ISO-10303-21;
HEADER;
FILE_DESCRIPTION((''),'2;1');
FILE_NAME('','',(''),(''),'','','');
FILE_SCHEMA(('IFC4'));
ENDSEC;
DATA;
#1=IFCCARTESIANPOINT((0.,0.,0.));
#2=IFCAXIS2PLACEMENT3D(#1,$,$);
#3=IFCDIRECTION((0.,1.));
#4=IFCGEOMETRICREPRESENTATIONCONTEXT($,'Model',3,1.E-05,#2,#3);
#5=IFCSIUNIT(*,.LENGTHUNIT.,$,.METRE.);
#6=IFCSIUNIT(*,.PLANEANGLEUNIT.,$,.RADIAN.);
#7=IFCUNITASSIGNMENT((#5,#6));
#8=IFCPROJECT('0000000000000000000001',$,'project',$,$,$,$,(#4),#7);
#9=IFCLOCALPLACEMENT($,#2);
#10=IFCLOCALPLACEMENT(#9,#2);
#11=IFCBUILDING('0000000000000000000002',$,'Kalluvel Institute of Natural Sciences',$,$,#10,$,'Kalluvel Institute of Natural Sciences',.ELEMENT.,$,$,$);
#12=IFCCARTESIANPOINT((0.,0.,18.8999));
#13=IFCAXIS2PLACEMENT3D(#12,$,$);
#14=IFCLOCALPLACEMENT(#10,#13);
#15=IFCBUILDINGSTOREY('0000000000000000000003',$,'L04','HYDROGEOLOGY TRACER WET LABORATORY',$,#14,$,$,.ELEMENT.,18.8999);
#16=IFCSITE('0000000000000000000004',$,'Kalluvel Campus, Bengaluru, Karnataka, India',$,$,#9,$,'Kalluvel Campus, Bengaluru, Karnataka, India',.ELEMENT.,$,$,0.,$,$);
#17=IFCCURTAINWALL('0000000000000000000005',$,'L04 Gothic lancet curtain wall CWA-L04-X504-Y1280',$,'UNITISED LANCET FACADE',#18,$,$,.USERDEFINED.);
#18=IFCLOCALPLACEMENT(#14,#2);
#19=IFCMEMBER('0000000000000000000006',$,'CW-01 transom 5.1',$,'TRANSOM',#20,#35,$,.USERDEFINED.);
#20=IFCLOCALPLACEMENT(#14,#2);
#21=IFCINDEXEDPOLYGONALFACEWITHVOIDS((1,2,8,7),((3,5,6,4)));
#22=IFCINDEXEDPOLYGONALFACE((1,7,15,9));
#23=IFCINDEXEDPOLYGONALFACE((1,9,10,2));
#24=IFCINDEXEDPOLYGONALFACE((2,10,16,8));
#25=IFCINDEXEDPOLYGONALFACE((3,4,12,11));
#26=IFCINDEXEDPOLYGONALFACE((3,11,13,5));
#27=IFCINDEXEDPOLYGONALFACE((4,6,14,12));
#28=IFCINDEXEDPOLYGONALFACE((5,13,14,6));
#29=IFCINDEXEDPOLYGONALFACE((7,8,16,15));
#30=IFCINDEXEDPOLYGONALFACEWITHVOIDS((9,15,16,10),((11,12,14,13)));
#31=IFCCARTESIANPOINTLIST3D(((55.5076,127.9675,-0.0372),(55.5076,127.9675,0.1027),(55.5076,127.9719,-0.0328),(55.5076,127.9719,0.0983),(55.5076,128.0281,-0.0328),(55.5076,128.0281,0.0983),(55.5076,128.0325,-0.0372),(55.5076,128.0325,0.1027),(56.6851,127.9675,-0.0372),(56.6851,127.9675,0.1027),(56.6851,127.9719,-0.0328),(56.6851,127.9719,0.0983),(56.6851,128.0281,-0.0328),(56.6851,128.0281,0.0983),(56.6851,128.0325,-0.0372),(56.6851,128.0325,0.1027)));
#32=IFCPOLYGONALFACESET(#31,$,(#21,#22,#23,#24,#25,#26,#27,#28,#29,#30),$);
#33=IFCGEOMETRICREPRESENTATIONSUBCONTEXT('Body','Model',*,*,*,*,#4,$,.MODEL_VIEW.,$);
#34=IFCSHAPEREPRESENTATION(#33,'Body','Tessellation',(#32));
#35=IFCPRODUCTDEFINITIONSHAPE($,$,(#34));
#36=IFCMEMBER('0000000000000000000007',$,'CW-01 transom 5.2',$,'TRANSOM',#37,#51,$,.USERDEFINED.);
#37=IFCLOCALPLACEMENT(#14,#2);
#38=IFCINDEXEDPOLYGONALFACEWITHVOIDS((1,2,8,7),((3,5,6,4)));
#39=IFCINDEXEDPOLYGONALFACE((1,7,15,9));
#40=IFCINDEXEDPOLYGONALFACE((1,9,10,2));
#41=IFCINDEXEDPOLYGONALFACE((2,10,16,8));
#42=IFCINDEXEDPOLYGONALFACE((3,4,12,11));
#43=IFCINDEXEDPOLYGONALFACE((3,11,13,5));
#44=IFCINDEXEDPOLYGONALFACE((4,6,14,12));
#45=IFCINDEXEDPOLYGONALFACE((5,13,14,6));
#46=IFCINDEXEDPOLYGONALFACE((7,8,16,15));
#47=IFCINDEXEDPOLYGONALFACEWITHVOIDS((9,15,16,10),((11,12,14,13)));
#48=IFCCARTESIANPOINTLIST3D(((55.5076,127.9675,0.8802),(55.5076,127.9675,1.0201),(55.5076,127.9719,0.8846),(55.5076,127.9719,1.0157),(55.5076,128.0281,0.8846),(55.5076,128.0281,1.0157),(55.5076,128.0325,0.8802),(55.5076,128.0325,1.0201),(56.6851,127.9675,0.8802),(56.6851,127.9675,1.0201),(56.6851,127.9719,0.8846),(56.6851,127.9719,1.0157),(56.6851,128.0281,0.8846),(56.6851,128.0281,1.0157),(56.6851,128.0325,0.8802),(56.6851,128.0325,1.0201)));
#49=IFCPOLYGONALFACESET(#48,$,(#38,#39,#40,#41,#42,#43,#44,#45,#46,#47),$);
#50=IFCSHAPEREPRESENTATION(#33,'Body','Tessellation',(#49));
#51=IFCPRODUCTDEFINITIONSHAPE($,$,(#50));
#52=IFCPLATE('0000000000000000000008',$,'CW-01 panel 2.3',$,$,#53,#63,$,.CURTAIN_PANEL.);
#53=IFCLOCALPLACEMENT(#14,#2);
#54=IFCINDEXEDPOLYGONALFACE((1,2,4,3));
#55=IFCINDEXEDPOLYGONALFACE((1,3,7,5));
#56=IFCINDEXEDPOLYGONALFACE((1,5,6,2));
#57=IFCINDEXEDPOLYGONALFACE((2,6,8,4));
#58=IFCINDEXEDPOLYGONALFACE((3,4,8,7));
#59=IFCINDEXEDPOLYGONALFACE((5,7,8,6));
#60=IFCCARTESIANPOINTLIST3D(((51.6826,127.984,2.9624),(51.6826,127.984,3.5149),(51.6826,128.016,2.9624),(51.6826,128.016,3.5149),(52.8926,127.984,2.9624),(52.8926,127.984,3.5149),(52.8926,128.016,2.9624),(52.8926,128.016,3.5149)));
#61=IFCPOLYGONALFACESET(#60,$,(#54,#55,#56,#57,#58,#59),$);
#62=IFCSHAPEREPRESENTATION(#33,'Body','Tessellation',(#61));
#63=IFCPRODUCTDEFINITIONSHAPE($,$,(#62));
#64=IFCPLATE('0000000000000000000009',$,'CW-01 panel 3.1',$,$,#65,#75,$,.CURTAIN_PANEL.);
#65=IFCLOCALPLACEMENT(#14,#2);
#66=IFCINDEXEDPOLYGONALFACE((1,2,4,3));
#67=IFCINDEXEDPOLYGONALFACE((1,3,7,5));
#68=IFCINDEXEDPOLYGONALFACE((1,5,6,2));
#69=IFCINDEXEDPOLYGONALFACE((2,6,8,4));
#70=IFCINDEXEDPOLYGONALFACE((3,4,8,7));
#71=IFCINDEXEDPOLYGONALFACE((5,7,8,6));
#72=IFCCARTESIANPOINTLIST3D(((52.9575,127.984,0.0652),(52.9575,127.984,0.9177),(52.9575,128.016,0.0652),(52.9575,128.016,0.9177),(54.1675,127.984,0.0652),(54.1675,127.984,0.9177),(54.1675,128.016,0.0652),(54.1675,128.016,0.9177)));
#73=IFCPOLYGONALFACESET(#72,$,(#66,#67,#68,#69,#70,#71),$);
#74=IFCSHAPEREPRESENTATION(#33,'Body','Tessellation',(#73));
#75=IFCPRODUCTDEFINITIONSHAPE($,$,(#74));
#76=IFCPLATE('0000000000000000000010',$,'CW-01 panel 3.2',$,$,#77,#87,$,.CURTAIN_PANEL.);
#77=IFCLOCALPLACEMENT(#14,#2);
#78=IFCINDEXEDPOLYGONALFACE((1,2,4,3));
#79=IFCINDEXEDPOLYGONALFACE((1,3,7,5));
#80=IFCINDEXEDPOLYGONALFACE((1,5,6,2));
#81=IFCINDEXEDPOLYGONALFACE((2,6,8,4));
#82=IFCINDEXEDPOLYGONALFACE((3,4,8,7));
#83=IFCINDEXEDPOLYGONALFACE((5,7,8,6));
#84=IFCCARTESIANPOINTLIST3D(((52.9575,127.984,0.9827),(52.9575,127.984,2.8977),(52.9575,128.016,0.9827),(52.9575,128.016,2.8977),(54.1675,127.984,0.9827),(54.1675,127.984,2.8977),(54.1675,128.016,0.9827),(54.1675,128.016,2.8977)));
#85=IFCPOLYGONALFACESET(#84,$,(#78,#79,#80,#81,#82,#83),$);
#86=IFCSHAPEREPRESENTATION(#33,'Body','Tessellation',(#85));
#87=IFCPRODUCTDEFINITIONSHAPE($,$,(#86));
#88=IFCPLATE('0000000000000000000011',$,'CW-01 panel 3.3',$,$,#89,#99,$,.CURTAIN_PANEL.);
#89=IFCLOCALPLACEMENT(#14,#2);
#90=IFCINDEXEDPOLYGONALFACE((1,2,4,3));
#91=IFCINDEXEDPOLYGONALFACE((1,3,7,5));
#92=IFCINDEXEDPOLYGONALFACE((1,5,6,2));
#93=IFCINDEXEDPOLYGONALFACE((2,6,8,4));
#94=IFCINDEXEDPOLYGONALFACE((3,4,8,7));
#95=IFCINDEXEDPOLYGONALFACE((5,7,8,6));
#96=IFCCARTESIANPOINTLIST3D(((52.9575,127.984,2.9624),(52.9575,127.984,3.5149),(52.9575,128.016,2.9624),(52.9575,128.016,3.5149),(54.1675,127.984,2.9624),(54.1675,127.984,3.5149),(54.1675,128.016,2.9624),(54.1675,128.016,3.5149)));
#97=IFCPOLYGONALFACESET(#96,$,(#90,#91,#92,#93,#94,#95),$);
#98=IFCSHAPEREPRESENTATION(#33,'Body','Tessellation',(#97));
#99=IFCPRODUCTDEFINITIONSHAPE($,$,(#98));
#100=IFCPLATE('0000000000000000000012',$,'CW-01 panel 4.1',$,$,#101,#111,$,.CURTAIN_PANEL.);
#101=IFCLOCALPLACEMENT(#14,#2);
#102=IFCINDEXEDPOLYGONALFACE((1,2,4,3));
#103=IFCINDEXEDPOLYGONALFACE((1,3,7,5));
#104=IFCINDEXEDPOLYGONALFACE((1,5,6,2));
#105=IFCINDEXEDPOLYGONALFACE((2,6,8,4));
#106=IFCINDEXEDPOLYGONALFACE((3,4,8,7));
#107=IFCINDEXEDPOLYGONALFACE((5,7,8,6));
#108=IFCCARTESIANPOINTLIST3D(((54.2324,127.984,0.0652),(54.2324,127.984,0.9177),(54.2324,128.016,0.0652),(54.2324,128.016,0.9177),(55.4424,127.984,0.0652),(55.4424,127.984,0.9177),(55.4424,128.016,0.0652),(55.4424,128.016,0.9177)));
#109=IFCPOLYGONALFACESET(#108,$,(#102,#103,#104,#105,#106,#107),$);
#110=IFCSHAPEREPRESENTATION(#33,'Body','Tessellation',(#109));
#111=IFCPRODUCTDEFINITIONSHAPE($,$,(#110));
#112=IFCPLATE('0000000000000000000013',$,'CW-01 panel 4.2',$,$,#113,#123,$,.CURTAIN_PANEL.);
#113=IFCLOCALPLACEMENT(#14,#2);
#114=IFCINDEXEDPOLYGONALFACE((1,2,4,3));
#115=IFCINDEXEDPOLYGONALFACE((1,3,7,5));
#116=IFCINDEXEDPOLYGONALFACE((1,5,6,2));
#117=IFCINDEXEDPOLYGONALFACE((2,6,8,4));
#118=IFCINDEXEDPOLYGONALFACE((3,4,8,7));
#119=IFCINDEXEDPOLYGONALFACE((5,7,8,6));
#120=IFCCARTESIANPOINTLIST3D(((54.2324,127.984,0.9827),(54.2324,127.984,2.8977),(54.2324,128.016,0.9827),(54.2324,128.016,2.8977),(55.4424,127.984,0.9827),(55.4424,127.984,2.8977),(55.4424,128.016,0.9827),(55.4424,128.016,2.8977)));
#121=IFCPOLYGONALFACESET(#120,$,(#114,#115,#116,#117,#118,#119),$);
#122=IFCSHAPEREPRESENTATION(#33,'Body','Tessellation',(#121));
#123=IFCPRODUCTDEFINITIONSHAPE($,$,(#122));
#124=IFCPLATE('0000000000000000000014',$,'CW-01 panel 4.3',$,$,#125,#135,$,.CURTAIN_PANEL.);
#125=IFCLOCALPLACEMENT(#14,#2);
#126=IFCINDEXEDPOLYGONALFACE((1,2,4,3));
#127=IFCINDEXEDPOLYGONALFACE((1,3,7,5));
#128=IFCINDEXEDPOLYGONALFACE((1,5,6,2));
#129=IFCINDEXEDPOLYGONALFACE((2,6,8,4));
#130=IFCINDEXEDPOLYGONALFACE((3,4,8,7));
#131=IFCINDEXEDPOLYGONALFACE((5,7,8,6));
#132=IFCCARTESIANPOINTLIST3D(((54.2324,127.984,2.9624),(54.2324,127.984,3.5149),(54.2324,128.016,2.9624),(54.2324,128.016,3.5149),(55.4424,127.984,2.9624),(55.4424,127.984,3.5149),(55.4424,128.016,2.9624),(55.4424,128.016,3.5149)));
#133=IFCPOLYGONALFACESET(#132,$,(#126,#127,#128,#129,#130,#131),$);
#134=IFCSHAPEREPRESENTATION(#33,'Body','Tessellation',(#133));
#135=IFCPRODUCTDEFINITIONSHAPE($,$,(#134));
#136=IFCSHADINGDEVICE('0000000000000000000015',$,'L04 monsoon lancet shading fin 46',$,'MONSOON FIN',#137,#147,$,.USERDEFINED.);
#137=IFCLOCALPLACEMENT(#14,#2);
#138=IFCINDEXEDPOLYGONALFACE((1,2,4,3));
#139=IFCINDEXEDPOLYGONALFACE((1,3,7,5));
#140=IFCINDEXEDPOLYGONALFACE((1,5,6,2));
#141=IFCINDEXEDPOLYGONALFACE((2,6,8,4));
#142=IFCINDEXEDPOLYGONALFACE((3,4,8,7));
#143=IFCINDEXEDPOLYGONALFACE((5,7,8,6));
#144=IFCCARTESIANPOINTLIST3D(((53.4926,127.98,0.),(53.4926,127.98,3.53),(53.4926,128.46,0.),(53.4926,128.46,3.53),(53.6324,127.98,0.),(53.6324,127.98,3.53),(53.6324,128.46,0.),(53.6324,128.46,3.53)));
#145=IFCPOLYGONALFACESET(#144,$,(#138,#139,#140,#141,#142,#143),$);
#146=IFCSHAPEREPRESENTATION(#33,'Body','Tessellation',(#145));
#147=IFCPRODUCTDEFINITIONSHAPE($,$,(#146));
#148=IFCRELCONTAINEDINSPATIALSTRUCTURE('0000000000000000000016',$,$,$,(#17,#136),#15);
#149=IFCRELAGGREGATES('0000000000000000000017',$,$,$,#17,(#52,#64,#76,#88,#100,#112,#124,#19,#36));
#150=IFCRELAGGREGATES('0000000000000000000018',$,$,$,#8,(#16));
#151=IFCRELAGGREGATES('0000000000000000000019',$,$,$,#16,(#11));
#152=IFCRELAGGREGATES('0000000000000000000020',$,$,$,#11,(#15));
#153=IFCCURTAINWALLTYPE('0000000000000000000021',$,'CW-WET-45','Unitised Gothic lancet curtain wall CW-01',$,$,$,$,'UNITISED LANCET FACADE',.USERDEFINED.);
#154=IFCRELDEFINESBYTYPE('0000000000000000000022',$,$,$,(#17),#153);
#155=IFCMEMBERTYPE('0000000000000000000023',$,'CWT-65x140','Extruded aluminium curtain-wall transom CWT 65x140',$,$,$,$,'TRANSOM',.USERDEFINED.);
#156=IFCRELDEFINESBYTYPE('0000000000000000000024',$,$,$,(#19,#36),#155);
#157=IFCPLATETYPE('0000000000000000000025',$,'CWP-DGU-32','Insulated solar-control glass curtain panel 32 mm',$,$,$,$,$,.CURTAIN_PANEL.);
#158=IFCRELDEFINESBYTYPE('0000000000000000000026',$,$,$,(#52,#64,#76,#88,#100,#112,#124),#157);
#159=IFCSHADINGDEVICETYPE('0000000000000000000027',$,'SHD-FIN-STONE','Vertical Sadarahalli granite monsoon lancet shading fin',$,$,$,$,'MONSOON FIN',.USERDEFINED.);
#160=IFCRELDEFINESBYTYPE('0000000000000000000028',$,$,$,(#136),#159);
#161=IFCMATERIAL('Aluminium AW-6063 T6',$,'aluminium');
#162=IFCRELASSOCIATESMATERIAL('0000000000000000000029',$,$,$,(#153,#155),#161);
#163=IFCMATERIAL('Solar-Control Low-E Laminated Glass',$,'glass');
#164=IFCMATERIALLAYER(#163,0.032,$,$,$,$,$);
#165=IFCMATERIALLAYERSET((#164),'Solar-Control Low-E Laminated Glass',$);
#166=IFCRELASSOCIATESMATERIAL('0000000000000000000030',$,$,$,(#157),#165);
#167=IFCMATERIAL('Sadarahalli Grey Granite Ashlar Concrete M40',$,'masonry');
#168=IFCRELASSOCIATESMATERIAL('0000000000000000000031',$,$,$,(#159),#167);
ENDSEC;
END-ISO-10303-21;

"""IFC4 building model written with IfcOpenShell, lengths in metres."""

from ifc_helpers import new_model, si_unit, direction, frame, origin, origin_2d, place, context, subcontext, project, spatial, rectangle, hollow_rectangle, extrude, material, layer, layer_set, material_profile, profile_set, type_object, element, aggregate, save


model = new_model("IFC4")

# Units and contexts
model_context = context("Model", 3, precision=1e-05, world=origin(), true_north=direction((0.0, 1.0)))
body_context = subcontext(model_context, "Body", "Model", "MODEL_VIEW")
ifc_project = project(units=[si_unit("LENGTHUNIT", "METRE"), si_unit("PLANEANGLEUNIT", "RADIAN")], contexts=[model_context])

# Site, building, storey
site_placement = place(None, origin())
site = spatial("IfcSite", under=ifc_project, at=site_placement, Name="Kalluvel Campus, Bengaluru, Karnataka, India", LongName="Kalluvel Campus, Bengaluru, Karnataka, India", CompositionType="ELEMENT", RefElevation=0.0)
building_placement = place(site_placement, origin())
building = spatial("IfcBuilding", under=site, at=building_placement, Name="Kalluvel Institute of Natural Sciences", LongName="Kalluvel Institute of Natural Sciences", CompositionType="ELEMENT")
storey_placement = place(building_placement, frame((0.0, 0.0, 18.8999)))
storey = spatial("IfcBuildingStorey", under=building, at=storey_placement, Name="L04", Description="HYDROGEOLOGY TRACER WET LABORATORY", CompositionType="ELEMENT", Elevation=18.8999)

# Curtain wall, members, plates
ifc_material_1 = material(Name="Aluminium AW-6063 T6", Category="aluminium")
curtain_wall_type = type_object("IfcCurtainWallType", Name="CW-WET-45", Description="Unitised Gothic lancet curtain wall CW-01", ElementType="UNITISED LANCET FACADE", PredefinedType="USERDEFINED", material=ifc_material_1)
curtain_wall_placement = place(storey_placement, origin())
curtain_wall = element("IfcCurtainWall", 1, at=curtain_wall_placement, inside=storey, type_object=curtain_wall_type, Name="L04 Gothic lancet curtain wall CWA-L04-X504-Y1280", ObjectType="UNITISED LANCET FACADE", PredefinedType="USERDEFINED")
ifc_material_profile_1 = material_profile(ifc_material_1, hollow_rectangle(XDim=0.0649, YDim=0.1399, WallThickness=0.0044, at=origin_2d()), Name="CWT 65x140")
ifc_profile_set_1 = profile_set([ifc_material_profile_1], Name="Aluminium AW-6063 T6")
member_type_1 = type_object("IfcMemberType", Name="CWT-65x140", Description="Extruded aluminium curtain-wall transom CWT 65x140", ElementType="TRANSOM", PredefinedType="USERDEFINED", material=ifc_profile_set_1)
member_1_placement = place(storey_placement, frame((55.5076, 128.0, 0.0327), z_axis=(1.0, 0.0, 0.0), x_axis=(0.0, 1.0, 0.0)))
member_1 = element("IfcMember", 2, at=member_1_placement, type_object=member_type_1, Name="CW-01 transom 5.1", ObjectType="TRANSOM", PredefinedType="USERDEFINED", context=body_context, shape_type="SweptSolid", body=[
    extrude(hollow_rectangle(XDim=0.0649, YDim=0.1399, WallThickness=0.0044, at=origin_2d()), origin(), (0.0, 0.0, 1.0), 1.1775),
])
member_2_placement = place(storey_placement, frame((55.5076, 128.0, 0.9502), z_axis=(1.0, 0.0, 0.0), x_axis=(0.0, 1.0, 0.0)))
member_2 = element("IfcMember", 3, at=member_2_placement, type_object=member_type_1, Name="CW-01 transom 5.2", ObjectType="TRANSOM", PredefinedType="USERDEFINED", context=body_context, shape_type="SweptSolid", body=[
    extrude(hollow_rectangle(XDim=0.0649, YDim=0.1399, WallThickness=0.0044, at=origin_2d()), origin(), (0.0, 0.0, 1.0), 1.1775),
])
ifc_material_2 = material(Name="Solar-Control Low-E Laminated Glass", Category="glass")
ifc_layer = layer(ifc_material_2, 0.032)
ifc_layer_set = layer_set([ifc_layer], Name="Solar-Control Low-E Laminated Glass")
plate_type = type_object("IfcPlateType", Name="CWP-DGU-32", Description="Insulated solar-control glass curtain panel 32 mm", PredefinedType="CURTAIN_PANEL", material=ifc_layer_set)
plate_1_placement = place(storey_placement, frame((52.2876, 128.0, 2.9624), z_axis=(0.0, 0.0, 1.0), x_axis=(1.0, 0.0, 0.0)))
plate_1 = element("IfcPlate", 4, at=plate_1_placement, type_object=plate_type, Name="CW-01 panel 2.3", PredefinedType="CURTAIN_PANEL", context=body_context, shape_type="SweptSolid", body=[
    extrude(rectangle(XDim=1.21, YDim=0.032, at=origin_2d()), origin(), (0.0, 0.0, 1.0), 0.5525),
])
plate_2_placement = place(storey_placement, frame((53.5625, 128.0, 0.0652), z_axis=(0.0, 0.0, 1.0), x_axis=(1.0, 0.0, 0.0)))
plate_2 = element("IfcPlate", 5, at=plate_2_placement, type_object=plate_type, Name="CW-01 panel 3.1", PredefinedType="CURTAIN_PANEL", context=body_context, shape_type="SweptSolid", body=[
    extrude(rectangle(XDim=1.21, YDim=0.032, at=origin_2d()), origin(), (0.0, 0.0, 1.0), 0.8525),
])
plate_3_placement = place(storey_placement, frame((53.5625, 128.0, 0.9827), z_axis=(0.0, 0.0, 1.0), x_axis=(1.0, 0.0, 0.0)))
plate_3 = element("IfcPlate", 6, at=plate_3_placement, type_object=plate_type, Name="CW-01 panel 3.2", PredefinedType="CURTAIN_PANEL", context=body_context, shape_type="SweptSolid", body=[
    extrude(rectangle(XDim=1.21, YDim=0.032, at=origin_2d()), origin(), (0.0, 0.0, 1.0), 1.915),
])
plate_4_placement = place(storey_placement, frame((53.5625, 128.0, 2.9624), z_axis=(0.0, 0.0, 1.0), x_axis=(1.0, 0.0, 0.0)))
plate_4 = element("IfcPlate", 7, at=plate_4_placement, type_object=plate_type, Name="CW-01 panel 3.3", PredefinedType="CURTAIN_PANEL", context=body_context, shape_type="SweptSolid", body=[
    extrude(rectangle(XDim=1.21, YDim=0.032, at=origin_2d()), origin(), (0.0, 0.0, 1.0), 0.5525),
])
plate_5_placement = place(storey_placement, frame((54.8374, 128.0, 0.0652), z_axis=(0.0, 0.0, 1.0), x_axis=(1.0, 0.0, 0.0)))
plate_5 = element("IfcPlate", 8, at=plate_5_placement, type_object=plate_type, Name="CW-01 panel 4.1", PredefinedType="CURTAIN_PANEL", context=body_context, shape_type="SweptSolid", body=[
    extrude(rectangle(XDim=1.21, YDim=0.032, at=origin_2d()), origin(), (0.0, 0.0, 1.0), 0.8525),
])
plate_6_placement = place(storey_placement, frame((54.8374, 128.0, 0.9827), z_axis=(0.0, 0.0, 1.0), x_axis=(1.0, 0.0, 0.0)))
plate_6 = element("IfcPlate", 9, at=plate_6_placement, type_object=plate_type, Name="CW-01 panel 4.2", PredefinedType="CURTAIN_PANEL", context=body_context, shape_type="SweptSolid", body=[
    extrude(rectangle(XDim=1.21, YDim=0.032, at=origin_2d()), origin(), (0.0, 0.0, 1.0), 1.915),
])
plate_7_placement = place(storey_placement, frame((54.8374, 128.0, 2.9624), z_axis=(0.0, 0.0, 1.0), x_axis=(1.0, 0.0, 0.0)))
plate_7 = element("IfcPlate", 10, at=plate_7_placement, type_object=plate_type, Name="CW-01 panel 4.3", PredefinedType="CURTAIN_PANEL", context=body_context, shape_type="SweptSolid", body=[
    extrude(rectangle(XDim=1.21, YDim=0.032, at=origin_2d()), origin(), (0.0, 0.0, 1.0), 0.5525),
])
aggregate(curtain_wall, [plate_1, plate_2, plate_3, plate_4, plate_5, plate_6, plate_7, member_1, member_2])

# Shading device
ifc_material_3 = material(Name="Sadarahalli Grey Granite Ashlar Concrete M40", Category="masonry")
shading_device_type = type_object("IfcShadingDeviceType", Name="SHD-FIN-STONE", Description="Vertical Sadarahalli granite monsoon lancet shading fin", ElementType="MONSOON FIN", PredefinedType="USERDEFINED", material=ifc_material_3)
shading_device_placement = place(storey_placement, frame((53.5625, 128.22, 0.0), z_axis=(0.0, 0.0, 1.0), x_axis=(1.0, 0.0, 0.0)))
element("IfcShadingDevice", 11, at=shading_device_placement, inside=storey, type_object=shading_device_type, Name="L04 monsoon lancet shading fin 46", ObjectType="MONSOON FIN", PredefinedType="USERDEFINED", context=body_context, shape_type="SweptSolid", body=[
    extrude(rectangle(XDim=0.1399, YDim=0.48, at=origin_2d()), origin(), (0.0, 0.0, 1.0), 3.53),
])

save(model, "model.ifc")
